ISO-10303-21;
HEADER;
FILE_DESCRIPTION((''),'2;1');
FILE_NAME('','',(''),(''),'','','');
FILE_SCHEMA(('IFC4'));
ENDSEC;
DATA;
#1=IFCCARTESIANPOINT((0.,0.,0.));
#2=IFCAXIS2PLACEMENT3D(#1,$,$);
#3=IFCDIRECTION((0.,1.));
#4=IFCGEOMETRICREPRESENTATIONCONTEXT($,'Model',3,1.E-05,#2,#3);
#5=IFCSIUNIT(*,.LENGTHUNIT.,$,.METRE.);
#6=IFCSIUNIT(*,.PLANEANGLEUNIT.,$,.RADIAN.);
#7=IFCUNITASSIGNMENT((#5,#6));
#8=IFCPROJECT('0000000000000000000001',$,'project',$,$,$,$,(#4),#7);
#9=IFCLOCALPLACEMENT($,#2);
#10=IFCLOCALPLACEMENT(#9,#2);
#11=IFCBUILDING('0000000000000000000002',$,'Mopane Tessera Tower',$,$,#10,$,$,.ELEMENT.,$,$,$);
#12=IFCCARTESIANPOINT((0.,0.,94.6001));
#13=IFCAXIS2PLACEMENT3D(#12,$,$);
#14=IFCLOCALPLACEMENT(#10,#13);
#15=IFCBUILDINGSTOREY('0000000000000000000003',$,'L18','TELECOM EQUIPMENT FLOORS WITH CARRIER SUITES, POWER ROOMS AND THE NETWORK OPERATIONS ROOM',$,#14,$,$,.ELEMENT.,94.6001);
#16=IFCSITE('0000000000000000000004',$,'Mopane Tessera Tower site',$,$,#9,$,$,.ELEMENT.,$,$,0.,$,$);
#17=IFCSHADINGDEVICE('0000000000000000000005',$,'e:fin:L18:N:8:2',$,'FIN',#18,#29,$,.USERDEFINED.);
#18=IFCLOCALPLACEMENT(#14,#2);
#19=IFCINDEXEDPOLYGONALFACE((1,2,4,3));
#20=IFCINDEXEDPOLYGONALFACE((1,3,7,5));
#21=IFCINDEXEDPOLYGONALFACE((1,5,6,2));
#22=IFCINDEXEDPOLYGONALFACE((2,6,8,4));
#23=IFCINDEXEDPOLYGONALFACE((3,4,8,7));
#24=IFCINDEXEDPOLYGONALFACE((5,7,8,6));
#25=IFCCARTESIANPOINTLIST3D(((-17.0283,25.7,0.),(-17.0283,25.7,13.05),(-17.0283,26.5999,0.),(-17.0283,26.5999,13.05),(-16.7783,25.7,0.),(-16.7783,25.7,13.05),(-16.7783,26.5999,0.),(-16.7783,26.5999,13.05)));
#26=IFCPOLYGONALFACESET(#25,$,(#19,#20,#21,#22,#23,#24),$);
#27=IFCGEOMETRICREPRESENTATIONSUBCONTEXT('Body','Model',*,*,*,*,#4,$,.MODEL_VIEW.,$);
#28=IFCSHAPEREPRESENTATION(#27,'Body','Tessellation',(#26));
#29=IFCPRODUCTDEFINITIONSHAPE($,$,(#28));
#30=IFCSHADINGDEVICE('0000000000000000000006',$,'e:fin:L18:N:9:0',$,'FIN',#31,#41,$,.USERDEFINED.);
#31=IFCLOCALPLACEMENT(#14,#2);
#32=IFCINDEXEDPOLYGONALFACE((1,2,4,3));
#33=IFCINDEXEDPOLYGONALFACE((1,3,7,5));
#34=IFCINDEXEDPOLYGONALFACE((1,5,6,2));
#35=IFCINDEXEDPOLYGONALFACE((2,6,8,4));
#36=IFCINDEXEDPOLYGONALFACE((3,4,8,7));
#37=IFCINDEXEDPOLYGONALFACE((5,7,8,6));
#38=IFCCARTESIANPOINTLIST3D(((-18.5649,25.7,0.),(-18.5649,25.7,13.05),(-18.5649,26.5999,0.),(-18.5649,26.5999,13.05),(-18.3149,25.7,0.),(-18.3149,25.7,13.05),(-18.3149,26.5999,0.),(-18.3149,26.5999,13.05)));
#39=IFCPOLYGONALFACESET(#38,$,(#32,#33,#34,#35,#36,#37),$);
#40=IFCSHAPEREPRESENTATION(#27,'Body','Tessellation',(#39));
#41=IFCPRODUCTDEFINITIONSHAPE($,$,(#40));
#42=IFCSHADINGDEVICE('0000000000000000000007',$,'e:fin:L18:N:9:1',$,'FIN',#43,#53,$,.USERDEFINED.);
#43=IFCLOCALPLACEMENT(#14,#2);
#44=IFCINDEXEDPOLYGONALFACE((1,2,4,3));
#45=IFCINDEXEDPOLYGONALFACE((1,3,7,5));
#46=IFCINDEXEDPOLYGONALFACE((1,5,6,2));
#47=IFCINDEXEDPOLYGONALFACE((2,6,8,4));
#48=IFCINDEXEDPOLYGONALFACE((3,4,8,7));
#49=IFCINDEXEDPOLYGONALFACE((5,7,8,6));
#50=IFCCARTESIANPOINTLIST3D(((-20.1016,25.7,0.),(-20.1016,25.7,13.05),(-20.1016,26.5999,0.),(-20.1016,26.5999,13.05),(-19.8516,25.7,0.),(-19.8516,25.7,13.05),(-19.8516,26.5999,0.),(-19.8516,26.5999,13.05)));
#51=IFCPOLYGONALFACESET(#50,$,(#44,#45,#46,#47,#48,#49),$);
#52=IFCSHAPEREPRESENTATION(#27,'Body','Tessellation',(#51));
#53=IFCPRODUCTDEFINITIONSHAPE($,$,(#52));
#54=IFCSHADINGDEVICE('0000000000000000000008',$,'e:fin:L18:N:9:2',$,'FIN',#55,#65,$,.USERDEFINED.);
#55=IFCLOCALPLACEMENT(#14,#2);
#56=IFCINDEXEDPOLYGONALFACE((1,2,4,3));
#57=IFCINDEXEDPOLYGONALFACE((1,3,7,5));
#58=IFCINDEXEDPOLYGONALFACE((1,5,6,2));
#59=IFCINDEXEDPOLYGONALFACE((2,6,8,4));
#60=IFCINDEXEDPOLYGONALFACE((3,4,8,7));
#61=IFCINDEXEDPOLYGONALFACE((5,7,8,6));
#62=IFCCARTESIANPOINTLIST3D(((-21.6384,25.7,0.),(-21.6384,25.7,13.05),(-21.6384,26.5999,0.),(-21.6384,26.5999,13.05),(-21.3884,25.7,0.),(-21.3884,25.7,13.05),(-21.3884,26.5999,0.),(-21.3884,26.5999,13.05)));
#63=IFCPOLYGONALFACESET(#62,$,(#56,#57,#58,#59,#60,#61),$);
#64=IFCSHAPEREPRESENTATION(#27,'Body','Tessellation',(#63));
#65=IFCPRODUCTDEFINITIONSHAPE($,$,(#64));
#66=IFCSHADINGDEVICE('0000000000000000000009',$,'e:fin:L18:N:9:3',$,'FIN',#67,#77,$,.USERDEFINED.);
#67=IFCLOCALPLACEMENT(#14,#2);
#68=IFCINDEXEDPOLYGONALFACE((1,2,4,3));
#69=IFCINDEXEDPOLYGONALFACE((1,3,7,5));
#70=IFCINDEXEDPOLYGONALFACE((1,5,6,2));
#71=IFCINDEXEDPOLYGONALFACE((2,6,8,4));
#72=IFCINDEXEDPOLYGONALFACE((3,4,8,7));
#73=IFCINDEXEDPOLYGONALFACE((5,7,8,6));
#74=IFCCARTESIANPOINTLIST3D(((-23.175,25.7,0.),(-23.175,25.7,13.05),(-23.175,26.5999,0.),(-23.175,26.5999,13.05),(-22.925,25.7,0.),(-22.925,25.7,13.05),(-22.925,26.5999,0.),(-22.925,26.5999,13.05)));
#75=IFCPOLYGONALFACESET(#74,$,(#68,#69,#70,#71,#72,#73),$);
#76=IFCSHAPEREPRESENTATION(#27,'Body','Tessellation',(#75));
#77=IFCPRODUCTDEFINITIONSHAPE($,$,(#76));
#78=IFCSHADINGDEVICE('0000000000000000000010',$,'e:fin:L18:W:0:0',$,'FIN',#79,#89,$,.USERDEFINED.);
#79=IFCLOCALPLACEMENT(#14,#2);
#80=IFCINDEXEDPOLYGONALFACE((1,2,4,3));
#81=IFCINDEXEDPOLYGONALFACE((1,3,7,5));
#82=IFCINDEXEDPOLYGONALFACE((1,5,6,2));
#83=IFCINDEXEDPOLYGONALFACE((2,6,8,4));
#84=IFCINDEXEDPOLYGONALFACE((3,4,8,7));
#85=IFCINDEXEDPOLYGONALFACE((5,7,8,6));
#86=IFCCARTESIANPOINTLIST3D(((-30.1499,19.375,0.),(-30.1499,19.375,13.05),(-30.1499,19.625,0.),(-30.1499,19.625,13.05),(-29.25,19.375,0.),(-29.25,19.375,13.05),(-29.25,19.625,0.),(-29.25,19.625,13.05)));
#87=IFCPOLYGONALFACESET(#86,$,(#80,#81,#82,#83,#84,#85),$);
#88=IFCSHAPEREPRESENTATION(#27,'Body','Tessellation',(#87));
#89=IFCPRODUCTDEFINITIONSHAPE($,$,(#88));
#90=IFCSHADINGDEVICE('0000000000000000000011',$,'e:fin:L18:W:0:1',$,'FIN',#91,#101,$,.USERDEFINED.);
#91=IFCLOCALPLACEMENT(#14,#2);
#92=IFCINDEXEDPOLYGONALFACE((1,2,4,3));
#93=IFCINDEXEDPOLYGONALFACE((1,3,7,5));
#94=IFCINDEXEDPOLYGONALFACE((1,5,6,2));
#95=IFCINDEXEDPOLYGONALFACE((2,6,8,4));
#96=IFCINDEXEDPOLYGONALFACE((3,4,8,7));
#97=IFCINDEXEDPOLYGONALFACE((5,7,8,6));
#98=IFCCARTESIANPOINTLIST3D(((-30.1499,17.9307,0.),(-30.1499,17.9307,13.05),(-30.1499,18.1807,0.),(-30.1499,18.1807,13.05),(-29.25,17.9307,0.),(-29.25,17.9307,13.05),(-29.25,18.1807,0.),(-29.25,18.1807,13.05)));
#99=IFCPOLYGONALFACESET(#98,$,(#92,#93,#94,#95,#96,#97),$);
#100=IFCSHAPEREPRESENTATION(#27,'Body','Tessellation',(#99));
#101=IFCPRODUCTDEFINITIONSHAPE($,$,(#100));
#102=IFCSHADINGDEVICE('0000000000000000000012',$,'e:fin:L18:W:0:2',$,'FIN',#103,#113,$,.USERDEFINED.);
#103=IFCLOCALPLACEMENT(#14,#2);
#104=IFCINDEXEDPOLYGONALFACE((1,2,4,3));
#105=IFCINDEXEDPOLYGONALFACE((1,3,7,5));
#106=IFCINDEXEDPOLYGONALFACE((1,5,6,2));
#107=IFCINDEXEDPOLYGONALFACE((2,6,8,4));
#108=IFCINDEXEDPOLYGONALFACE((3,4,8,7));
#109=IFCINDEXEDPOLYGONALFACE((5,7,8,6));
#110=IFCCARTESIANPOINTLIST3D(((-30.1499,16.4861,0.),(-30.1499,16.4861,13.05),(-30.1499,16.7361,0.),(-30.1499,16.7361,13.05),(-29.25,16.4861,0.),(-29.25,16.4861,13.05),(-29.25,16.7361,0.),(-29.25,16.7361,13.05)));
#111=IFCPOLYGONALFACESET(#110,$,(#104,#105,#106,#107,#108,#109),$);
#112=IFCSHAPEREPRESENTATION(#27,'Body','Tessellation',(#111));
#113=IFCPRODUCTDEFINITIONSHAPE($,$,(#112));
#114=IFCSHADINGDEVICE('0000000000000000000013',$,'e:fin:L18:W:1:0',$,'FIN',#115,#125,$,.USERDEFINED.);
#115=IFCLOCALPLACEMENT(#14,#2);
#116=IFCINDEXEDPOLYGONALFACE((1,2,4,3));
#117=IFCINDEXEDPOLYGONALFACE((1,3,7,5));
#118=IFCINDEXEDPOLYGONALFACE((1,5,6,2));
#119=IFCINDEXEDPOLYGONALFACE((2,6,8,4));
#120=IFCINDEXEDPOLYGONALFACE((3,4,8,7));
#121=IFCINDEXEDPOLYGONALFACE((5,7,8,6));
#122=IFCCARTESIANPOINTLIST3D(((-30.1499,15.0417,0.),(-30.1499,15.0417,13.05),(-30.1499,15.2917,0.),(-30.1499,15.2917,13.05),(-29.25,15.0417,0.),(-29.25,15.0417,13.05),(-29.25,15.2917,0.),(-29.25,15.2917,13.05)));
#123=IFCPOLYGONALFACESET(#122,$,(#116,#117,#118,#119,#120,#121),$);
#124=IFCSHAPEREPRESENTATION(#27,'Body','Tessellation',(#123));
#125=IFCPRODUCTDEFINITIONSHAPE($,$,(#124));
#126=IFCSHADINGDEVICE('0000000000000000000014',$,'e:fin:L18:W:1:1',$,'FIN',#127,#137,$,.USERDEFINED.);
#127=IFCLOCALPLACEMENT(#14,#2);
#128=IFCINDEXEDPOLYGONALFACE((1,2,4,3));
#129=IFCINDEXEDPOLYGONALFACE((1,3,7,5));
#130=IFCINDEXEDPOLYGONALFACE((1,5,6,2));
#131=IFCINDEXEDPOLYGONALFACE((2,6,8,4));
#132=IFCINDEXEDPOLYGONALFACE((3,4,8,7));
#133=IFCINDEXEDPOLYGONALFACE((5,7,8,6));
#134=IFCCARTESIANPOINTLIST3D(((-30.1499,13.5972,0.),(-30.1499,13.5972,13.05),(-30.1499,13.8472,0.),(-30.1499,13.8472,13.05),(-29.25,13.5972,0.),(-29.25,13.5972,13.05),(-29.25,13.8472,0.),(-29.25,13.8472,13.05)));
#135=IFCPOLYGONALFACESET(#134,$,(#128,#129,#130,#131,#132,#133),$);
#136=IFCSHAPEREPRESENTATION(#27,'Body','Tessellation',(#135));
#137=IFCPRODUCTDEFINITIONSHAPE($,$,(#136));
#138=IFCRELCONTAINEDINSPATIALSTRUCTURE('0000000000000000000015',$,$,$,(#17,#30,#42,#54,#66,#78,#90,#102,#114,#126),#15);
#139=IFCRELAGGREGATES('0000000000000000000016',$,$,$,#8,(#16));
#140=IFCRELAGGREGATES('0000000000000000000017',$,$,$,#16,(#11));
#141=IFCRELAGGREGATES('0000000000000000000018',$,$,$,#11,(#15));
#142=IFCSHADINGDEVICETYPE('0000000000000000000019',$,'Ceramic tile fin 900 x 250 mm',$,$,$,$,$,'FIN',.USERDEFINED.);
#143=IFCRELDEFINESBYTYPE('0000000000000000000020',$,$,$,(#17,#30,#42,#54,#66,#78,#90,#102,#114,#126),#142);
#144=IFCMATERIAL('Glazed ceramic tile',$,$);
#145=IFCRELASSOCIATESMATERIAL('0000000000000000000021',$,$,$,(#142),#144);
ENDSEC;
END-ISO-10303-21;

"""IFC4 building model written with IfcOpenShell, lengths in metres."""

from ifc_helpers import new_model, si_unit, direction, frame, origin, origin_2d, place, context, subcontext, project, spatial, rectangle, extrude, material, type_object, element, save


model = new_model("IFC4")

# Units and contexts
model_context = context("Model", 3, precision=1e-05, world=origin(), true_north=direction((0.0, 1.0)))
body_context = subcontext(model_context, "Body", "Model", "MODEL_VIEW")
ifc_project = project(units=[si_unit("LENGTHUNIT", "METRE"), si_unit("PLANEANGLEUNIT", "RADIAN")], contexts=[model_context])

# Site, building, storey
site_placement = place(None, origin())
site = spatial("IfcSite", under=ifc_project, at=site_placement, Name="Mopane Tessera Tower site", CompositionType="ELEMENT", RefElevation=0.0)
building_placement = place(site_placement, origin())
building = spatial("IfcBuilding", under=site, at=building_placement, Name="Mopane Tessera Tower", CompositionType="ELEMENT")
storey_placement = place(building_placement, frame((0.0, 0.0, 94.6001)))
storey = spatial("IfcBuildingStorey", under=building, at=storey_placement, Name="L18", Description="TELECOM EQUIPMENT FLOORS WITH CARRIER SUITES, POWER ROOMS AND THE NETWORK OPERATIONS ROOM", CompositionType="ELEMENT", Elevation=94.6001)

# Shading devices
ifc_material_1 = material(Name="Glazed ceramic tile")
shading_device_type = type_object("IfcShadingDeviceType", Name="Ceramic tile fin 900 x 250 mm", ElementType="FIN", PredefinedType="USERDEFINED", material=ifc_material_1)
for number, where, z_axis, x_axis, name in (
    (1, (-16.9033, 26.1499, 0.0), (0.0, 0.0, 1.0), (-1.0, 0.0, 0.0), "e:fin:L18:N:8:2"),
    (2, (-18.4399, 26.1499, 0.0), (0.0, 0.0, 1.0), (-1.0, 0.0, 0.0), "e:fin:L18:N:9:0"),
    (3, (-19.9766, 26.1499, 0.0), (0.0, 0.0, 1.0), (-1.0, 0.0, 0.0), "e:fin:L18:N:9:1"),
    (4, (-21.5134, 26.1499, 0.0), (0.0, 0.0, 1.0), (-1.0, 0.0, 0.0), "e:fin:L18:N:9:2"),
    (5, (-23.05, 26.1499, 0.0), (0.0, 0.0, 1.0), (-1.0, 0.0, 0.0), "e:fin:L18:N:9:3"),
    (6, (-29.7, 19.5, 0.0), (0.0, 0.0, 1.0), (0.0, -1.0, 0.0), "e:fin:L18:W:0:0"),
    (7, (-29.7, 18.0557, 0.0), (0.0, 0.0, 1.0), (0.0, -1.0, 0.0), "e:fin:L18:W:0:1"),
    (8, (-29.7, 16.6111, 0.0), (0.0, 0.0, 1.0), (0.0, -1.0, 0.0), "e:fin:L18:W:0:2"),
    (9, (-29.7, 15.1667, 0.0), (0.0, 0.0, 1.0), (0.0, -1.0, 0.0), "e:fin:L18:W:1:0"),
    (10, (-29.7, 13.7222, 0.0), (0.0, 0.0, 1.0), (0.0, -1.0, 0.0), "e:fin:L18:W:1:1"),
):
    element("IfcShadingDevice", number, at=place(storey_placement, frame(where, z_axis=z_axis, x_axis=x_axis)), inside=storey, type_object=shading_device_type, Name=name, ObjectType="FIN", PredefinedType="USERDEFINED", context=body_context, shape_type="SweptSolid", body=[
        extrude(rectangle(XDim=0.25, YDim=0.8999, at=origin_2d()), origin(), (0.0, 0.0, 1.0), 13.05),
    ])

save(model, "model.ifc")
